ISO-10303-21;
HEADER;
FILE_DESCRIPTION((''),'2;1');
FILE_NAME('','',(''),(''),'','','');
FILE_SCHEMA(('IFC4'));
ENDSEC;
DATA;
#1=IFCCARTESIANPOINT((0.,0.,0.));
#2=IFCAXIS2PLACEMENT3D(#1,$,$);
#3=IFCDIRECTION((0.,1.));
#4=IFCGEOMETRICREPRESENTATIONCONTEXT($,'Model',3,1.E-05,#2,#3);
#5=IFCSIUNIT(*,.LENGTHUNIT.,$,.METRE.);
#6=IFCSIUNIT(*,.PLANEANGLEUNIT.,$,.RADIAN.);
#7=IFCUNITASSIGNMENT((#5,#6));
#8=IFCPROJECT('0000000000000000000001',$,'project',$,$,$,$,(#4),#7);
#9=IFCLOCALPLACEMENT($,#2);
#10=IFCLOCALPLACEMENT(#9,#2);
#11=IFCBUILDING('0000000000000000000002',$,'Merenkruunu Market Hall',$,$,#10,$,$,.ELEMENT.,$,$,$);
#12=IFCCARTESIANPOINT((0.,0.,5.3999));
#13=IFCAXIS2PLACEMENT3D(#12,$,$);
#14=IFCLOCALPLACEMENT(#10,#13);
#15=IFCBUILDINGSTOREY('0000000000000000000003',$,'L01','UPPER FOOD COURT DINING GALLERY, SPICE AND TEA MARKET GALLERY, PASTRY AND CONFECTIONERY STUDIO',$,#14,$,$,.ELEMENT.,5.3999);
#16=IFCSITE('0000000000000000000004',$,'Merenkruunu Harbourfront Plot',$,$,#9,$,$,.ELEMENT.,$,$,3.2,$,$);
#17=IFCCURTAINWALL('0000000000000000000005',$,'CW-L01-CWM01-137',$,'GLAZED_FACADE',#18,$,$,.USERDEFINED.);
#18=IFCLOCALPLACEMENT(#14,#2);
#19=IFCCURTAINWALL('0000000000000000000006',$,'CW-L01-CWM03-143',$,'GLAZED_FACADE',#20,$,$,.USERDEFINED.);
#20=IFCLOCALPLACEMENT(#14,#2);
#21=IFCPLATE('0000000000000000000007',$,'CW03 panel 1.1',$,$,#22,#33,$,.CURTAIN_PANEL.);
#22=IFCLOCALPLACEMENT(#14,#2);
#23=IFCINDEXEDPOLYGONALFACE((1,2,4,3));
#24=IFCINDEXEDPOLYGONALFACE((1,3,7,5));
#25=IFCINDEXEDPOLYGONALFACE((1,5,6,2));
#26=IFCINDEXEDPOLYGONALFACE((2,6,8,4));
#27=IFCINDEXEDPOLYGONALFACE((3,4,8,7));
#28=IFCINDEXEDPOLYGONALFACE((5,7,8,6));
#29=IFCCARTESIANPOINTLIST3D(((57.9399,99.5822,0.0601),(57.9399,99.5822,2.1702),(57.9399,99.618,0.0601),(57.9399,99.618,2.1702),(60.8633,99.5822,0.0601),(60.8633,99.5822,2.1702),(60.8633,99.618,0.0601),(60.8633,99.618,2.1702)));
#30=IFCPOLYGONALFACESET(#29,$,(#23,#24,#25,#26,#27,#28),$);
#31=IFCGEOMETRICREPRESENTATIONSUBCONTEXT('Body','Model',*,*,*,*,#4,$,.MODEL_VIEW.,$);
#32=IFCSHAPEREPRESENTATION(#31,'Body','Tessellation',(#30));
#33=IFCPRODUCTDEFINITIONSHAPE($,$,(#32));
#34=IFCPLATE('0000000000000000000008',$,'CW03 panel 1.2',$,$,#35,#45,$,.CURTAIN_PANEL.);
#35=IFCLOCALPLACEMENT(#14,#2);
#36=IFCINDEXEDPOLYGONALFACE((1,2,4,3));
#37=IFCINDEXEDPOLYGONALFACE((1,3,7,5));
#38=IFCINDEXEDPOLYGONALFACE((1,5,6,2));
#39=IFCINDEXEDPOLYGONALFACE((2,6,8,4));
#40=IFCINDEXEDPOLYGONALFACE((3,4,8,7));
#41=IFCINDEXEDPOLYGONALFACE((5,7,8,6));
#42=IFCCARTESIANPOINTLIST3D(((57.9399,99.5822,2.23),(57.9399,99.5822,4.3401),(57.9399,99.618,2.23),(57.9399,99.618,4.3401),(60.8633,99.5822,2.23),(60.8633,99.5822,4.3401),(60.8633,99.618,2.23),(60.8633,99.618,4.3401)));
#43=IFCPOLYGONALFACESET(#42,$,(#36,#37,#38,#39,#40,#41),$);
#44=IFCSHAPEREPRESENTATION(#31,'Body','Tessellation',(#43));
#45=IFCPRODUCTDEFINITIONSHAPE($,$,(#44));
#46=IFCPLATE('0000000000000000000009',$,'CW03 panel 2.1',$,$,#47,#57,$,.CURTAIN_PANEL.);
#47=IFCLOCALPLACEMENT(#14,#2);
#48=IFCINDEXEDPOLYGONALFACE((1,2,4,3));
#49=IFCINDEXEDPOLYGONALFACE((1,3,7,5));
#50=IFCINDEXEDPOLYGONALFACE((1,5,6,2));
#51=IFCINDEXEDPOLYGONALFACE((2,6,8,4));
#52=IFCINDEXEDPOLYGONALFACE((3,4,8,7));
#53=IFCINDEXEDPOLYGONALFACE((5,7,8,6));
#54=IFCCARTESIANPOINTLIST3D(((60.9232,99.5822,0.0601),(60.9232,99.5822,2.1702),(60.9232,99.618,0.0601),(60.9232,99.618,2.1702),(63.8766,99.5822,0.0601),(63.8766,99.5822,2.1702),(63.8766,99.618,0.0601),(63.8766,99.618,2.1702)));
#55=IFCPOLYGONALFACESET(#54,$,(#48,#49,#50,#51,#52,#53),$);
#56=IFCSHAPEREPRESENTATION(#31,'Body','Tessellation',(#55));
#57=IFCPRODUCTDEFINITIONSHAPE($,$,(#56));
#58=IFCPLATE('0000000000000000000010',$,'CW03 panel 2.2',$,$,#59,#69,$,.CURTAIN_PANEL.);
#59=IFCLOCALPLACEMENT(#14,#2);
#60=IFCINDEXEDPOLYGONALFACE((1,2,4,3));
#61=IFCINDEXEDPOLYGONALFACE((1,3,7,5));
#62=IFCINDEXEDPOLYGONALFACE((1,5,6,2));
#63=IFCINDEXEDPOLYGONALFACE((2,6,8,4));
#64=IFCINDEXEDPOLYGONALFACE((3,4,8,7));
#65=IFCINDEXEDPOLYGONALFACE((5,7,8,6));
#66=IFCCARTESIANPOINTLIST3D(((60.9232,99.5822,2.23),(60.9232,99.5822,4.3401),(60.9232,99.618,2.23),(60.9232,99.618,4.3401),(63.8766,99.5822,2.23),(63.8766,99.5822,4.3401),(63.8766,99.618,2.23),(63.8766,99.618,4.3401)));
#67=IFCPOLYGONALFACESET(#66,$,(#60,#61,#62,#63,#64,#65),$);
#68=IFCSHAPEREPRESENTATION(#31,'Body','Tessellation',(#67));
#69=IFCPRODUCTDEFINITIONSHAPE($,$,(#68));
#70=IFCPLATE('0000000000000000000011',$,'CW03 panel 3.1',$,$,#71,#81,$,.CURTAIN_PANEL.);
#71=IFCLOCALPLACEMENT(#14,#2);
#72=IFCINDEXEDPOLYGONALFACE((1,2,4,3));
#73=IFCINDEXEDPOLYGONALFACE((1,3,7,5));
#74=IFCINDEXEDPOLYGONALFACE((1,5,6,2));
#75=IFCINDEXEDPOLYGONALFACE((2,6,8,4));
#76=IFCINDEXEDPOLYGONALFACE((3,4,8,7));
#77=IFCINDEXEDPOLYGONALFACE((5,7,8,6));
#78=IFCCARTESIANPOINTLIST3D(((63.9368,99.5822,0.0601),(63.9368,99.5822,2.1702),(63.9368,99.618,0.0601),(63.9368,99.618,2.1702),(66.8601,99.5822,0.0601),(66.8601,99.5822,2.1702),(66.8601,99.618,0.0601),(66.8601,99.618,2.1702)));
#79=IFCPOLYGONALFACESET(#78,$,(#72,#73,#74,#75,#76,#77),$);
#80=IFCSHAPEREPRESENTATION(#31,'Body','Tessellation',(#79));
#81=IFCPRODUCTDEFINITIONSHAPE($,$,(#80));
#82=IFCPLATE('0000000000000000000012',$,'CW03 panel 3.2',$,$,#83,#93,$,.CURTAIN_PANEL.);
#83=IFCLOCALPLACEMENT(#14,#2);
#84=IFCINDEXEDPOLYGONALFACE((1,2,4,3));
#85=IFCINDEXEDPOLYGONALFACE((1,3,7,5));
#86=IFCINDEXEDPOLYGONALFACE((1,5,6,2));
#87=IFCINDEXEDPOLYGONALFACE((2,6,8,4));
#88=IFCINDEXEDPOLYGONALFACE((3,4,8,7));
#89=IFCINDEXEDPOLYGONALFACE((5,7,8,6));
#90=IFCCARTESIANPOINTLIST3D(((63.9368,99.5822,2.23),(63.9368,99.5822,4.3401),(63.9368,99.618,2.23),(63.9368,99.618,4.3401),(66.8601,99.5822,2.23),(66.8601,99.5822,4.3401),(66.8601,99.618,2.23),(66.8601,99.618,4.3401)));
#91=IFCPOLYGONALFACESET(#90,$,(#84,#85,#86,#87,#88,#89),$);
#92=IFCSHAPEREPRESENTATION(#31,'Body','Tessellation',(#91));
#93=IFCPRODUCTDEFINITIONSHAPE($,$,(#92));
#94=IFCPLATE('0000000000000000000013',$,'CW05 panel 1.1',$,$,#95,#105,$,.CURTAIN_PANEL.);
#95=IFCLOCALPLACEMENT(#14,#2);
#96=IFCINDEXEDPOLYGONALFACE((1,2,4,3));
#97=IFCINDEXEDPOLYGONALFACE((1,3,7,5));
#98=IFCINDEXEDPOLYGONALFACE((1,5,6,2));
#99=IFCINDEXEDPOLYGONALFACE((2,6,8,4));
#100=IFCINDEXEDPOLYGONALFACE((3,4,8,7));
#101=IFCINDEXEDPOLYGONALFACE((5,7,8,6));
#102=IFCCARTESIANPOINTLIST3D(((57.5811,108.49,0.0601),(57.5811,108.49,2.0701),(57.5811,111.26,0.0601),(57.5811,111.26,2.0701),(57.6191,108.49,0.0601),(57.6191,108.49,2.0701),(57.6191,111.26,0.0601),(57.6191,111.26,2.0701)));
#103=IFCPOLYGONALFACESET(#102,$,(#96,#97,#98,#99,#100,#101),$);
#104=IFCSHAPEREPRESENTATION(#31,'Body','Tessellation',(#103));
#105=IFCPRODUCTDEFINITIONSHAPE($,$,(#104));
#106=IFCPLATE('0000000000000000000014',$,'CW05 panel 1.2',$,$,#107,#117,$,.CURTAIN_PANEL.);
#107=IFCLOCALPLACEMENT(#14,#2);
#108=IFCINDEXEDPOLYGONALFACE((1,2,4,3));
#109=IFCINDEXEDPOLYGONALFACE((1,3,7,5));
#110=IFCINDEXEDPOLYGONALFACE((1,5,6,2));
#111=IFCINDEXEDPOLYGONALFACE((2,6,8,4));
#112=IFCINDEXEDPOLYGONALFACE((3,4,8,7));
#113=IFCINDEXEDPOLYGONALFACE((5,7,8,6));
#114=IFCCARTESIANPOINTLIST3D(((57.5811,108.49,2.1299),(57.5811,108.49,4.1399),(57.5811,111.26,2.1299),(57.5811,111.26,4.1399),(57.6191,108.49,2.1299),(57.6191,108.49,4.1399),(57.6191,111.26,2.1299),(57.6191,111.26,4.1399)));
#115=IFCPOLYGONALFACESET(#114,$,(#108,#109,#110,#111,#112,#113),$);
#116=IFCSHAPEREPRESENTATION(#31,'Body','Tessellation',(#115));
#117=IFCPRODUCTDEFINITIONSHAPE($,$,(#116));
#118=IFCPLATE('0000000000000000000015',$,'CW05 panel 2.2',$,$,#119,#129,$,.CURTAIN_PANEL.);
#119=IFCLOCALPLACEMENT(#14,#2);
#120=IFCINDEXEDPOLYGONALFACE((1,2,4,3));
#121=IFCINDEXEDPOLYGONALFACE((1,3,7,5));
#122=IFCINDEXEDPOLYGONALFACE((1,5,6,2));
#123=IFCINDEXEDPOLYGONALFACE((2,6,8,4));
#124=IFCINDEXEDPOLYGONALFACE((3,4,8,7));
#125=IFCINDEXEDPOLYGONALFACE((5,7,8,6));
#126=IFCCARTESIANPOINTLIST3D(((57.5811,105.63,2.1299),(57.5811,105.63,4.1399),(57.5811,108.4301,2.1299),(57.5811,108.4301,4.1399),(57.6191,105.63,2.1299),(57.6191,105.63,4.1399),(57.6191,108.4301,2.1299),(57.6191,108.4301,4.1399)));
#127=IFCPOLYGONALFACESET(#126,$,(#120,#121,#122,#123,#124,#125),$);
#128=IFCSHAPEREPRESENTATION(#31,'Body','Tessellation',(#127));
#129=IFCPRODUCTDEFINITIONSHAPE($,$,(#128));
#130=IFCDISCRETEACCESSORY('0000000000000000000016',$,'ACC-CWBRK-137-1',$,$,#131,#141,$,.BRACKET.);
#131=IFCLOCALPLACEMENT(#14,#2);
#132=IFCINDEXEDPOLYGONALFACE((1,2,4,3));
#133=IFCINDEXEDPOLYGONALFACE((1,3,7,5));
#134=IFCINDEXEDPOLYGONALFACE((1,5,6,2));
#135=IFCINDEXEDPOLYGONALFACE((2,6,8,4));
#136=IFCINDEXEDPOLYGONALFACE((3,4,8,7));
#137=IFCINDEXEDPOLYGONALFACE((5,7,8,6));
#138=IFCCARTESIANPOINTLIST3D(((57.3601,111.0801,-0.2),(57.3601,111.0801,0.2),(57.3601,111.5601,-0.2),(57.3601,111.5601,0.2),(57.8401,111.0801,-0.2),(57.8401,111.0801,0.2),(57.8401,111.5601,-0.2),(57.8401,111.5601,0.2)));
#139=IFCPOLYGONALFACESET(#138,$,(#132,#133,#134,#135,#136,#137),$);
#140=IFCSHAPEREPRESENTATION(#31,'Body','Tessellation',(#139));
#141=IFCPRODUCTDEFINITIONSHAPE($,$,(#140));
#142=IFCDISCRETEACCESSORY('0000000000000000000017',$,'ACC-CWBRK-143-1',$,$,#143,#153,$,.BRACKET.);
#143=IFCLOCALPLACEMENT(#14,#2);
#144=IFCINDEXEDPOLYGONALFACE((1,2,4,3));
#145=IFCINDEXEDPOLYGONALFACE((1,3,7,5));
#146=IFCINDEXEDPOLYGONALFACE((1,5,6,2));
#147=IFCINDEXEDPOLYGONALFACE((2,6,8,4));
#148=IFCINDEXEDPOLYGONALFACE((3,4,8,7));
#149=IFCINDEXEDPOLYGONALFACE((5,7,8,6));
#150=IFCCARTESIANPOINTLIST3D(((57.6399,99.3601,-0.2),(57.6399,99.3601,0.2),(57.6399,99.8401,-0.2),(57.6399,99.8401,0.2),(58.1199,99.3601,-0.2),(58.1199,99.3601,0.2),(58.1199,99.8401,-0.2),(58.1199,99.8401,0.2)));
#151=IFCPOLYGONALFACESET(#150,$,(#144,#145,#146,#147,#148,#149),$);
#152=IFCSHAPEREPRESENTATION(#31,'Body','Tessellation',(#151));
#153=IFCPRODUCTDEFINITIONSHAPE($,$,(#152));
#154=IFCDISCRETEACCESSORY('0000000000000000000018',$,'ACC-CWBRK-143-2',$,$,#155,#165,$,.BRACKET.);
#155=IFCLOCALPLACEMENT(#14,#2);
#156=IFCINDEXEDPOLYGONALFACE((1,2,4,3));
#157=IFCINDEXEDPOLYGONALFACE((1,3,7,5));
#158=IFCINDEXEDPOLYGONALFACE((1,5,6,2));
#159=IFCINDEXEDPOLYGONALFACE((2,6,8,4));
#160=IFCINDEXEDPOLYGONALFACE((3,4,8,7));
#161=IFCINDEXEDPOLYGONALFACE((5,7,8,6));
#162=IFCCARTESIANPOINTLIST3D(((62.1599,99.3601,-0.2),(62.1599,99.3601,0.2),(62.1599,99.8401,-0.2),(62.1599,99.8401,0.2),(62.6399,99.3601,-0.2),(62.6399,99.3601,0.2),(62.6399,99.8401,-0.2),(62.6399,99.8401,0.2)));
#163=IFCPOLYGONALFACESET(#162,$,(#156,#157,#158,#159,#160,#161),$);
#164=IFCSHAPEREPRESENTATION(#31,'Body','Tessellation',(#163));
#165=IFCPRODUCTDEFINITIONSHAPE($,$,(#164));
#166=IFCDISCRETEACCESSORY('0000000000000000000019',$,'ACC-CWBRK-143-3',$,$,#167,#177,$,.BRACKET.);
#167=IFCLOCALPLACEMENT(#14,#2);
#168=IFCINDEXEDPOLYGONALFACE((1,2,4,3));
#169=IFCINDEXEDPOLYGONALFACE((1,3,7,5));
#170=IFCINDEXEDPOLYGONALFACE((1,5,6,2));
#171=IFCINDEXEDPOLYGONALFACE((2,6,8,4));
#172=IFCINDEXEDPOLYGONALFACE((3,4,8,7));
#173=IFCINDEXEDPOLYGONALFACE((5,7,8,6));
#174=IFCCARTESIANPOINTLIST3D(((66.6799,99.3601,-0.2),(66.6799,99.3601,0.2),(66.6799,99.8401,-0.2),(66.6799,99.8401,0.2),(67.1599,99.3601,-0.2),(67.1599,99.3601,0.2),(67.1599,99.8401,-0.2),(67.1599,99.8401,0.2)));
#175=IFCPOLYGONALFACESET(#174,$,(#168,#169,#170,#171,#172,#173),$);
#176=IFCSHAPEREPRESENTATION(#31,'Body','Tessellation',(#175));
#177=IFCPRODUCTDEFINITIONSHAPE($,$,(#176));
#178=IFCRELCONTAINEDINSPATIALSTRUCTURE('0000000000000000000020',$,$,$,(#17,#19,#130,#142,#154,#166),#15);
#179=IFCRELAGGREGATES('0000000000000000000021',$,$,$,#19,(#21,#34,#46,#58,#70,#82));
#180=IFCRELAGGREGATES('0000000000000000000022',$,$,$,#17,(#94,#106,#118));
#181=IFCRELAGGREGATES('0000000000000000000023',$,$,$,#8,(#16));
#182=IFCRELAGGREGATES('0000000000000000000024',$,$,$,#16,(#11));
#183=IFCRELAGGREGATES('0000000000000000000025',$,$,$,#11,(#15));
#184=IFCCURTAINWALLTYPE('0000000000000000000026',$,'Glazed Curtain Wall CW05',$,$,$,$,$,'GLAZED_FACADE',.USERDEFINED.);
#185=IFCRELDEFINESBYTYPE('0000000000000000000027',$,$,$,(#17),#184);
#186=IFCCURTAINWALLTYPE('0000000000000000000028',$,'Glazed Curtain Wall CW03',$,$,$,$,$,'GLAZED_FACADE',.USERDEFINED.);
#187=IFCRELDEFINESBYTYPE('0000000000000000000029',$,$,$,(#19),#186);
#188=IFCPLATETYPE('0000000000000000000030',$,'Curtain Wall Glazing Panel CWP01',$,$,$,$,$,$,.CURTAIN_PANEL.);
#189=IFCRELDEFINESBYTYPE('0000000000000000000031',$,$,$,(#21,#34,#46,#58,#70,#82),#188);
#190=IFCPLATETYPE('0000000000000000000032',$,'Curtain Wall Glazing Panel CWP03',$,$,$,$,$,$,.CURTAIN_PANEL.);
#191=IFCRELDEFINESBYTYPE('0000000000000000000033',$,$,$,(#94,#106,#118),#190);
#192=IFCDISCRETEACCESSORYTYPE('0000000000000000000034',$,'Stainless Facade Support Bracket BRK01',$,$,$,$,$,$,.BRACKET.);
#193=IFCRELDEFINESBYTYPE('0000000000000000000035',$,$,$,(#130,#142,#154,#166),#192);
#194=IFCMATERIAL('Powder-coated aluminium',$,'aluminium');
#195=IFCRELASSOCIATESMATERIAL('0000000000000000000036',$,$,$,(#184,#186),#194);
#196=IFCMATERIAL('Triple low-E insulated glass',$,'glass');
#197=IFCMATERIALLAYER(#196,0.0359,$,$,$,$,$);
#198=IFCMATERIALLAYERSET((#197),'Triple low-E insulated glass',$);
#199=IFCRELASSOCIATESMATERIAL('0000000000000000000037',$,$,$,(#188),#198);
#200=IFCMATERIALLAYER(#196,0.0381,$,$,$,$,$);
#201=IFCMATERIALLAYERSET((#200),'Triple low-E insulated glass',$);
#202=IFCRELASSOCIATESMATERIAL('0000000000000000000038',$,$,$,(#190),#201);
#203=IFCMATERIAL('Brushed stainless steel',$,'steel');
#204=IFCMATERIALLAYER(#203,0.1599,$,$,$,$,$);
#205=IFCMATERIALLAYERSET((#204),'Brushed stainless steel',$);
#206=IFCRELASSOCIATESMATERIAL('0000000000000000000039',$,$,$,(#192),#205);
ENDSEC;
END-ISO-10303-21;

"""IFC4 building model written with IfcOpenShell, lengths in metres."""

from ifc_helpers import new_model, si_unit, direction, frame, origin, origin_2d, place, context, subcontext, project, spatial, rectangle, extrude, material, layer, layer_set, type_object, element, aggregate, save


model = new_model("IFC4")

# Units and contexts
model_context = context("Model", 3, precision=1e-05, world=origin(), true_north=direction((0.0, 1.0)))
body_context = subcontext(model_context, "Body", "Model", "MODEL_VIEW")
ifc_project = project(units=[si_unit("LENGTHUNIT", "METRE"), si_unit("PLANEANGLEUNIT", "RADIAN")], contexts=[model_context])

# Site, building, storey
site_placement = place(None, origin())
site = spatial("IfcSite", under=ifc_project, at=site_placement, Name="Merenkruunu Harbourfront Plot", CompositionType="ELEMENT", RefElevation=3.2)
building_placement = place(site_placement, origin())
building = spatial("IfcBuilding", under=site, at=building_placement, Name="Merenkruunu Market Hall", CompositionType="ELEMENT")
storey_placement = place(building_placement, frame((0.0, 0.0, 5.3999)))
storey = spatial("IfcBuildingStorey", under=building, at=storey_placement, Name="L01", Description="UPPER FOOD COURT DINING GALLERY, SPICE AND TEA MARKET GALLERY, PASTRY AND CONFECTIONERY STUDIO", CompositionType="ELEMENT", Elevation=5.3999)

# Curtain wall
ifc_material_1 = material(Name="Powder-coated aluminium", Category="aluminium")
curtain_wall_type_1 = type_object("IfcCurtainWallType", Name="Glazed Curtain Wall CW05", ElementType="GLAZED_FACADE", PredefinedType="USERDEFINED", material=ifc_material_1)
curtain_wall_1_placement = place(storey_placement, origin())
curtain_wall_1 = element("IfcCurtainWall", 1, at=curtain_wall_1_placement, inside=storey, type_object=curtain_wall_type_1, Name="CW-L01-CWM01-137", ObjectType="GLAZED_FACADE", PredefinedType="USERDEFINED")

# Curtain wall
curtain_wall_type_2 = type_object("IfcCurtainWallType", Name="Glazed Curtain Wall CW03", ElementType="GLAZED_FACADE", PredefinedType="USERDEFINED", material=ifc_material_1)
curtain_wall_2_placement = place(storey_placement, origin())
curtain_wall_2 = element("IfcCurtainWall", 2, at=curtain_wall_2_placement, inside=storey, type_object=curtain_wall_type_2, Name="CW-L01-CWM03-143", ObjectType="GLAZED_FACADE", PredefinedType="USERDEFINED")

# Plates
ifc_material_2 = material(Name="Triple low-E insulated glass", Category="glass")
ifc_layer_1 = layer(ifc_material_2, 0.0359)
ifc_layer_set_1 = layer_set([ifc_layer_1], Name="Triple low-E insulated glass")
plate_type_1 = type_object("IfcPlateType", Name="Curtain Wall Glazing Panel CWP01", PredefinedType="CURTAIN_PANEL", material=ifc_layer_set_1)
plate_1_placement = place(storey_placement, frame((59.4016, 99.6001, 0.0601), z_axis=(0.0, 0.0, 1.0), x_axis=(1.0, 0.0, 0.0)))
plate_1 = element("IfcPlate", 3, at=plate_1_placement, type_object=plate_type_1, Name="CW03 panel 1.1", PredefinedType="CURTAIN_PANEL", context=body_context, shape_type="SweptSolid", body=[
    extrude(rectangle(XDim=2.9233, YDim=0.0359, at=origin_2d()), origin(), (0.0, 0.0, 1.0), 2.1101),
])
plate_2_placement = place(storey_placement, frame((59.4016, 99.6001, 2.23), z_axis=(0.0, 0.0, 1.0), x_axis=(1.0, 0.0, 0.0)))
plate_2 = element("IfcPlate", 4, at=plate_2_placement, type_object=plate_type_1, Name="CW03 panel 1.2", PredefinedType="CURTAIN_PANEL", context=body_context, shape_type="SweptSolid", body=[
    extrude(rectangle(XDim=2.9233, YDim=0.0359, at=origin_2d()), origin(), (0.0, 0.0, 1.0), 2.1101),
])
plate_3_placement = place(storey_placement, frame((62.3999, 99.6001, 0.0601), z_axis=(0.0, 0.0, 1.0), x_axis=(1.0, 0.0, 0.0)))
plate_3 = element("IfcPlate", 5, at=plate_3_placement, type_object=plate_type_1, Name="CW03 panel 2.1", PredefinedType="CURTAIN_PANEL", context=body_context, shape_type="SweptSolid", body=[
    extrude(rectangle(XDim=2.9534, YDim=0.0359, at=origin_2d()), origin(), (0.0, 0.0, 1.0), 2.1101),
])
plate_4_placement = place(storey_placement, frame((62.3999, 99.6001, 2.23), z_axis=(0.0, 0.0, 1.0), x_axis=(1.0, 0.0, 0.0)))
plate_4 = element("IfcPlate", 6, at=plate_4_placement, type_object=plate_type_1, Name="CW03 panel 2.2", PredefinedType="CURTAIN_PANEL", context=body_context, shape_type="SweptSolid", body=[
    extrude(rectangle(XDim=2.9534, YDim=0.0359, at=origin_2d()), origin(), (0.0, 0.0, 1.0), 2.1101),
])
plate_5_placement = place(storey_placement, frame((65.3984, 99.6001, 0.0601), z_axis=(0.0, 0.0, 1.0), x_axis=(1.0, 0.0, 0.0)))
plate_5 = element("IfcPlate", 7, at=plate_5_placement, type_object=plate_type_1, Name="CW03 panel 3.1", PredefinedType="CURTAIN_PANEL", context=body_context, shape_type="SweptSolid", body=[
    extrude(rectangle(XDim=2.9233, YDim=0.0359, at=origin_2d()), origin(), (0.0, 0.0, 1.0), 2.1101),
])
plate_6_placement = place(storey_placement, frame((65.3984, 99.6001, 2.23), z_axis=(0.0, 0.0, 1.0), x_axis=(1.0, 0.0, 0.0)))
plate_6 = element("IfcPlate", 8, at=plate_6_placement, type_object=plate_type_1, Name="CW03 panel 3.2", PredefinedType="CURTAIN_PANEL", context=body_context, shape_type="SweptSolid", body=[
    extrude(rectangle(XDim=2.9233, YDim=0.0359, at=origin_2d()), origin(), (0.0, 0.0, 1.0), 2.1101),
])
aggregate(curtain_wall_2, [plate_1, plate_2, plate_3, plate_4, plate_5, plate_6])
ifc_layer_2 = layer(ifc_material_2, 0.0381)
ifc_layer_set_2 = layer_set([ifc_layer_2], Name="Triple low-E insulated glass")
plate_type_2 = type_object("IfcPlateType", Name="Curtain Wall Glazing Panel CWP03", PredefinedType="CURTAIN_PANEL", material=ifc_layer_set_2)
plate_7_placement = place(storey_placement, frame((57.6001, 109.875, 0.0601), z_axis=(0.0, 0.0, 1.0), x_axis=(0.0, -1.0, 0.0)))
plate_7 = element("IfcPlate", 9, at=plate_7_placement, type_object=plate_type_2, Name="CW05 panel 1.1", PredefinedType="CURTAIN_PANEL", context=body_context, shape_type="SweptSolid", body=[
    extrude(rectangle(XDim=2.77, YDim=0.0381, at=origin_2d()), origin(), (0.0, 0.0, 1.0), 2.01),
])
plate_8_placement = place(storey_placement, frame((57.6001, 109.875, 2.1299), z_axis=(0.0, 0.0, 1.0), x_axis=(0.0, -1.0, 0.0)))
plate_8 = element("IfcPlate", 10, at=plate_8_placement, type_object=plate_type_2, Name="CW05 panel 1.2", PredefinedType="CURTAIN_PANEL", context=body_context, shape_type="SweptSolid", body=[
    extrude(rectangle(XDim=2.77, YDim=0.0381, at=origin_2d()), origin(), (0.0, 0.0, 1.0), 2.01),
])
plate_9_placement = place(storey_placement, frame((57.6001, 107.03, 2.1299), z_axis=(0.0, 0.0, 1.0), x_axis=(0.0, -1.0, 0.0)))
plate_9 = element("IfcPlate", 11, at=plate_9_placement, type_object=plate_type_2, Name="CW05 panel 2.2", PredefinedType="CURTAIN_PANEL", context=body_context, shape_type="SweptSolid", body=[
    extrude(rectangle(XDim=2.8, YDim=0.0381, at=origin_2d()), origin(), (0.0, 0.0, 1.0), 2.01),
])
aggregate(curtain_wall_1, [plate_7, plate_8, plate_9])

# Discrete accessories
ifc_material_3 = material(Name="Brushed stainless steel", Category="steel")
ifc_layer_3 = layer(ifc_material_3, 0.1599)
ifc_layer_set_3 = layer_set([ifc_layer_3], Name="Brushed stainless steel")
discrete_accessory_type = type_object("IfcDiscreteAccessoryType", Name="Stainless Facade Support Bracket BRK01", PredefinedType="BRACKET", material=ifc_layer_set_3)
for number, where, z_axis, x_axis, name in (
    (12, (57.6001, 111.3201, -0.2), (0.0, 0.0, 1.0), (1.0, 0.0, 0.0), "ACC-CWBRK-137-1"),
    (13, (57.8799, 99.6001, -0.2), (0.0, 0.0, 1.0), (1.0, 0.0, 0.0), "ACC-CWBRK-143-1"),
    (14, (62.3999, 99.6001, -0.2), (0.0, 0.0, 1.0), (1.0, 0.0, 0.0), "ACC-CWBRK-143-2"),
    (15, (66.9199, 99.6001, -0.2), (0.0, 0.0, 1.0), (1.0, 0.0, 0.0), "ACC-CWBRK-143-3"),
):
    element("IfcDiscreteAccessory", number, at=place(storey_placement, frame(where, z_axis=z_axis, x_axis=x_axis)), inside=storey, type_object=discrete_accessory_type, Name=name, PredefinedType="BRACKET", context=body_context, shape_type="SweptSolid", body=[
        extrude(rectangle(XDim=0.48, YDim=0.48, at=origin_2d()), origin(), (0.0, 0.0, 1.0), 0.3999),
    ])

save(model, "model.ifc")
